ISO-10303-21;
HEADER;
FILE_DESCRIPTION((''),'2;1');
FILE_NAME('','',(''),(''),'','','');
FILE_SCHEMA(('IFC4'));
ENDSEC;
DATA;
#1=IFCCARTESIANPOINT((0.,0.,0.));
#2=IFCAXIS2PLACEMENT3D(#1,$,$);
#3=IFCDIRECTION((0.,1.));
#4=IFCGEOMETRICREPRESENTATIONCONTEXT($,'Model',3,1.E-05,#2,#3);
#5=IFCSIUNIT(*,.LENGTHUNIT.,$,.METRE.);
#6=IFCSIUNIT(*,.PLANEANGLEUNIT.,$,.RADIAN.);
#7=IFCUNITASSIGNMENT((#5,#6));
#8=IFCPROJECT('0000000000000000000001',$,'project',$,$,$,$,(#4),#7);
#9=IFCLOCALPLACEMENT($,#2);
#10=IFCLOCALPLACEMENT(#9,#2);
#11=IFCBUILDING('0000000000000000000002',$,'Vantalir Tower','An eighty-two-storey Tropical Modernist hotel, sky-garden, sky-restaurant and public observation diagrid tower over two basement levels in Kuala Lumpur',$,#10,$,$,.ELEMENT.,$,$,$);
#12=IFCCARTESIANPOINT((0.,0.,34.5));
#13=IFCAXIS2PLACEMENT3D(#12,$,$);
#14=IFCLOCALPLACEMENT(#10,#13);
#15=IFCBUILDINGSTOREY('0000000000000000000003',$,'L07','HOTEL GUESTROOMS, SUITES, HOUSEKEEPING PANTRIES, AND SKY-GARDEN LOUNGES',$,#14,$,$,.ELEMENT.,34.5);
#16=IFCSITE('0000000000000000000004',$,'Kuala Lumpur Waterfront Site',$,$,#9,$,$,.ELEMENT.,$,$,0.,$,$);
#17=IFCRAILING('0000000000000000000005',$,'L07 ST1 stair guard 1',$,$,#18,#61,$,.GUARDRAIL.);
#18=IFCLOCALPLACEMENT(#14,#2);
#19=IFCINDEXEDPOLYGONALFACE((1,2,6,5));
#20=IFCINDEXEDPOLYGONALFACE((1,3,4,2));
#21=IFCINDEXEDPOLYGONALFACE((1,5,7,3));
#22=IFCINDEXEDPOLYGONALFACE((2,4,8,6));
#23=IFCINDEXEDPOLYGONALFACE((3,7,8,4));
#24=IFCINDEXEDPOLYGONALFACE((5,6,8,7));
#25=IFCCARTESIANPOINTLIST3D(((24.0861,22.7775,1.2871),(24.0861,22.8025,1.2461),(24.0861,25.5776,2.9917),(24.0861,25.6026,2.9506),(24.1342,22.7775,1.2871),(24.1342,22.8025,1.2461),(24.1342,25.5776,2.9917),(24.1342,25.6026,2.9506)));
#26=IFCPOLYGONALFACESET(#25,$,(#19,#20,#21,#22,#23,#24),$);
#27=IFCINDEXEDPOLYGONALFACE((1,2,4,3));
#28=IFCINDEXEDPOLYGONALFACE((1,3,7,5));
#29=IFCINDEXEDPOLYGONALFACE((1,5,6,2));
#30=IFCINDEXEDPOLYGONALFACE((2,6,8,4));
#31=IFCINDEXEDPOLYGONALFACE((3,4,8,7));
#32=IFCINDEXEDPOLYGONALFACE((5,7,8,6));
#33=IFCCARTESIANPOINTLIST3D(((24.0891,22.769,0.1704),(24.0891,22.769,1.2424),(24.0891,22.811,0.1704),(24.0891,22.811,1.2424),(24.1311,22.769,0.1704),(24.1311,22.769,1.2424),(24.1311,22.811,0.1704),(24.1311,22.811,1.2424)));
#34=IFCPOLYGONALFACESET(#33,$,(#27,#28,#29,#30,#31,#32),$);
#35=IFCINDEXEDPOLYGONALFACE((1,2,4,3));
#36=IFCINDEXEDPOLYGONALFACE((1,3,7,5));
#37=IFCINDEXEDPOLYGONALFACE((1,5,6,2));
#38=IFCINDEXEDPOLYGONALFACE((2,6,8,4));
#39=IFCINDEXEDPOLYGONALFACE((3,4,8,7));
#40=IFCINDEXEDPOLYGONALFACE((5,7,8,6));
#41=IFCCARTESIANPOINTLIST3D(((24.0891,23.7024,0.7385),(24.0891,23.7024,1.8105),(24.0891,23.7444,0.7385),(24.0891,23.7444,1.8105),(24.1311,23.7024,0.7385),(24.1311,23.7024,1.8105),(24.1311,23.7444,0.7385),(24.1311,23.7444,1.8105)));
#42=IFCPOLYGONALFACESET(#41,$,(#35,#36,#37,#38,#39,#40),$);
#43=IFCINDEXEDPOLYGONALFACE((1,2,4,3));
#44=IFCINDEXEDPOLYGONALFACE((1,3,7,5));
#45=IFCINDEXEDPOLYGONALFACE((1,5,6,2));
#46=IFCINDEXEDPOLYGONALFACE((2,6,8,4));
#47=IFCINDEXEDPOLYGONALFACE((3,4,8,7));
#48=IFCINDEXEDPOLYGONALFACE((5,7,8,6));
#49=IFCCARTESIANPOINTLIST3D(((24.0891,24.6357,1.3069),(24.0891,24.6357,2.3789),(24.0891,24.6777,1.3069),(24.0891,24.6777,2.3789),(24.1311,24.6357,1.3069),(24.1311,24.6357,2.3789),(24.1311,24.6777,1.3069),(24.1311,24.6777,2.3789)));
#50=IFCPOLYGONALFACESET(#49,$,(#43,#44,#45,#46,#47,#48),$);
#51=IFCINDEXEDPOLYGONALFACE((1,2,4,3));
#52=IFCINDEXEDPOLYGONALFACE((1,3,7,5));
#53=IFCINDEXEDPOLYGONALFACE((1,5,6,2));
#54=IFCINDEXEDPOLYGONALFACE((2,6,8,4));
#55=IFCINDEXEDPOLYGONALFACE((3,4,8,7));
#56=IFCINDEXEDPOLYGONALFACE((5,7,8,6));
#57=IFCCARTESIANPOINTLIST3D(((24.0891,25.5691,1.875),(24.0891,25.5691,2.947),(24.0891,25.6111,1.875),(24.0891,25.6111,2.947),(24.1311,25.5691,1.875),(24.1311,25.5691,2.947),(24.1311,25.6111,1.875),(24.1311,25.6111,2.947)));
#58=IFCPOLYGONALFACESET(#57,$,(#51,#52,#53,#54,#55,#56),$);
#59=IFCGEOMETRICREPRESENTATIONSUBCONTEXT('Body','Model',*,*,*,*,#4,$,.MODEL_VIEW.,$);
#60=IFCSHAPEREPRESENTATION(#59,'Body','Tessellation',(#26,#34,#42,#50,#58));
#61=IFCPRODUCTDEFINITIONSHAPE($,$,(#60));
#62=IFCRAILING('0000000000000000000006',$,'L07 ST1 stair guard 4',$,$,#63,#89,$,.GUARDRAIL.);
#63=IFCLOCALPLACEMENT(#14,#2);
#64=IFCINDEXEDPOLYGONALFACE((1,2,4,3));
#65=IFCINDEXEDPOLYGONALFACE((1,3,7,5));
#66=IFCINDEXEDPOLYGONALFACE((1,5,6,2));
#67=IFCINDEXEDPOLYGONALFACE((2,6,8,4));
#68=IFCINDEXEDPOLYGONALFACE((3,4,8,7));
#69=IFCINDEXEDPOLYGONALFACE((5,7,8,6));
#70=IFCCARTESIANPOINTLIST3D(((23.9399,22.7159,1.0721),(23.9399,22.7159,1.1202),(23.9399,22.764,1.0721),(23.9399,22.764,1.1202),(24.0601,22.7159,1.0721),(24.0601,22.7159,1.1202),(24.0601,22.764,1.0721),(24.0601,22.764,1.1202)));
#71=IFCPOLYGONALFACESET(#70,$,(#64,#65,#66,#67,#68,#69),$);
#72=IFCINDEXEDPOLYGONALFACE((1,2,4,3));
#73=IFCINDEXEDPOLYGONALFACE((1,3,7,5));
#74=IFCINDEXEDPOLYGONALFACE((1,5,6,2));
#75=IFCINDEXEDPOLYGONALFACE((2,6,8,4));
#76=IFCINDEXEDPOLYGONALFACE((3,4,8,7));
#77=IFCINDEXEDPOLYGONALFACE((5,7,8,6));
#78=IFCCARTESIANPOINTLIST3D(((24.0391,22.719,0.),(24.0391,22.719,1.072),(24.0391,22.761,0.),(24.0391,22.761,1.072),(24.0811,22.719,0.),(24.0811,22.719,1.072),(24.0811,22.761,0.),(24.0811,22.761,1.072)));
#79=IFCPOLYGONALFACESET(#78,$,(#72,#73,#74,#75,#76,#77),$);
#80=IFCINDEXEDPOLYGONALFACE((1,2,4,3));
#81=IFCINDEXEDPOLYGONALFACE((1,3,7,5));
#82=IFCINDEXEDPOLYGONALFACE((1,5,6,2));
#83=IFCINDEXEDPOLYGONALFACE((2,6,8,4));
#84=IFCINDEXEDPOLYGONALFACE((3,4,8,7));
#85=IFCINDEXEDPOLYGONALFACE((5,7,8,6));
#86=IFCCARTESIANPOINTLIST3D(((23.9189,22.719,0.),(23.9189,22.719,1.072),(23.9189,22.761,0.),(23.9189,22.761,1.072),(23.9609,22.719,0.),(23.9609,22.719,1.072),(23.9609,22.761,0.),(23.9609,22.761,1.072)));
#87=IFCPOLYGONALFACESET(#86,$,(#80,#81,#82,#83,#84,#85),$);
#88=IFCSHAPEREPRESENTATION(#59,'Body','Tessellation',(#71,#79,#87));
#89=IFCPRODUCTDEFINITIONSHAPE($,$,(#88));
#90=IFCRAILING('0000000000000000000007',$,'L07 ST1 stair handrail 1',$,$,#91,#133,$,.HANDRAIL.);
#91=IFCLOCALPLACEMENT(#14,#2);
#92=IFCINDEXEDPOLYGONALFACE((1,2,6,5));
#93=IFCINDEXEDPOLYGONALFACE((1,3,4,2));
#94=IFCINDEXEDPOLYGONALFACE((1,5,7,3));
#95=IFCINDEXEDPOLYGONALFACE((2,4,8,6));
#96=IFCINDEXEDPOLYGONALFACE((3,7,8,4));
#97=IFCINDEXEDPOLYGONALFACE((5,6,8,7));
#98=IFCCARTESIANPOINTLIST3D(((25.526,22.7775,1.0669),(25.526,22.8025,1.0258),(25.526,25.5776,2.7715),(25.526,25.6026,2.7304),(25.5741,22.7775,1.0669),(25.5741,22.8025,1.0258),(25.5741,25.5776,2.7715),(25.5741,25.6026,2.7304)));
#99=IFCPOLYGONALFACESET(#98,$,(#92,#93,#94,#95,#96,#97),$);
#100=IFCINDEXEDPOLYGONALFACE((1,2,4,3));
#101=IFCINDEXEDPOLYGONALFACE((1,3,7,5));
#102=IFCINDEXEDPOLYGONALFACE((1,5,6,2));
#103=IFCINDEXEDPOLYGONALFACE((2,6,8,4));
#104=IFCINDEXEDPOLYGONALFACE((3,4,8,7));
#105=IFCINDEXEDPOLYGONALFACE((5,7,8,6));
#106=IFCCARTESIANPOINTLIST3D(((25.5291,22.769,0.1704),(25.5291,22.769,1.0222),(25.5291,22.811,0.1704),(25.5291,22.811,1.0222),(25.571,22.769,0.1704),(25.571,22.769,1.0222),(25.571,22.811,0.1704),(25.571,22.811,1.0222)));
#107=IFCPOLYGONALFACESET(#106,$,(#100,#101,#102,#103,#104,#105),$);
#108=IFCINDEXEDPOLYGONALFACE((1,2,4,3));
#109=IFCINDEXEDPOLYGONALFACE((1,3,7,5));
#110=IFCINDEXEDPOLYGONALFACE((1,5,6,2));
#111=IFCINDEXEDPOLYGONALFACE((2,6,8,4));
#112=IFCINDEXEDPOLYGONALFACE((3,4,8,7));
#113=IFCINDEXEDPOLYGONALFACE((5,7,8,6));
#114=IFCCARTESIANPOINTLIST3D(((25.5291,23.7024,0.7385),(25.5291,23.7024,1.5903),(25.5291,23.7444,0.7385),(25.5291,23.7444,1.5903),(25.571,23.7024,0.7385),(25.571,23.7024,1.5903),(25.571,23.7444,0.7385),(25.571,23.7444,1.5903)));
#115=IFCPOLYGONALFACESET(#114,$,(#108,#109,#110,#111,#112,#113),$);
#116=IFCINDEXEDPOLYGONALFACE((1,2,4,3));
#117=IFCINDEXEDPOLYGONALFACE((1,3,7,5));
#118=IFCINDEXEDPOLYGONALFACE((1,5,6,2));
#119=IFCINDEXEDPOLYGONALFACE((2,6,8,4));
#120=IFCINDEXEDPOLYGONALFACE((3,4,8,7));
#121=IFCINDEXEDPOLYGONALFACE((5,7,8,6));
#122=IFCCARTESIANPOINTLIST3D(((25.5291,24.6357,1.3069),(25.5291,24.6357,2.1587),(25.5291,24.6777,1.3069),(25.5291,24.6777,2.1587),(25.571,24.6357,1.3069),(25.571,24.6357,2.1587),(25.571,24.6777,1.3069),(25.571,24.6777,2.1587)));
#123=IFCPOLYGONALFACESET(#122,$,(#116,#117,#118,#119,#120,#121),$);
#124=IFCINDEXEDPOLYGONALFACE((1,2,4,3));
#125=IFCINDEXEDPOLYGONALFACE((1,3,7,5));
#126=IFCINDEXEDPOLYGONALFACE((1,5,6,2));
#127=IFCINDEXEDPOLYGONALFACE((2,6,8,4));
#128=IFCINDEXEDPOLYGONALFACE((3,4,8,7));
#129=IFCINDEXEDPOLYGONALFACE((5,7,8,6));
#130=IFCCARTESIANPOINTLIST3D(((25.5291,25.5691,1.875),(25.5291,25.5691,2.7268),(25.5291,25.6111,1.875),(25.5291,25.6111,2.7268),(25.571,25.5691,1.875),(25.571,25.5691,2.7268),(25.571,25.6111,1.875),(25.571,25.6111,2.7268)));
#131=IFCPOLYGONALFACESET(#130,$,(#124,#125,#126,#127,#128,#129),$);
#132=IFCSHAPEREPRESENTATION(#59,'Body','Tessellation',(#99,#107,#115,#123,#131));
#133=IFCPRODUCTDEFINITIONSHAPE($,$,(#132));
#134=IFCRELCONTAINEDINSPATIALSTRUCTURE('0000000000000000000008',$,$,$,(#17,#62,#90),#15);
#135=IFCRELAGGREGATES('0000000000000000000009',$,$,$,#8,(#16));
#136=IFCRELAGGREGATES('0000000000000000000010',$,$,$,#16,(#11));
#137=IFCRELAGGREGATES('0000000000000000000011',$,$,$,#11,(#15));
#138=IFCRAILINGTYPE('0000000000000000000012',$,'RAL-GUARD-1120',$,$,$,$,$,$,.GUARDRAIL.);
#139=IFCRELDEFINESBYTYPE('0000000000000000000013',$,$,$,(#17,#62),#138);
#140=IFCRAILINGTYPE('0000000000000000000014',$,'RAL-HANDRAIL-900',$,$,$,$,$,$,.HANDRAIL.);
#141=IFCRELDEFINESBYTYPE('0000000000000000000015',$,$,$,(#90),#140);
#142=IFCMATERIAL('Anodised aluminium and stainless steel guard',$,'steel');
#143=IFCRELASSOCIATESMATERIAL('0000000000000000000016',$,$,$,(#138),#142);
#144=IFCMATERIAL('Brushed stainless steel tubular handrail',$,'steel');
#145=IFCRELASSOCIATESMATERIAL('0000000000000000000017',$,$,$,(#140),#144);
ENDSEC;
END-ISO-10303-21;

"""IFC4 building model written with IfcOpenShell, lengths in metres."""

from ifc_helpers import new_model, si_unit, direction, frame, origin, origin_2d, place, context, subcontext, project, spatial, rectangle, extrude, material, type_object, element, save


model = new_model("IFC4")

# Units and contexts
model_context = context("Model", 3, precision=1e-05, world=origin(), true_north=direction((0.0, 1.0)))
body_context = subcontext(model_context, "Body", "Model", "MODEL_VIEW")
ifc_project = project(units=[si_unit("LENGTHUNIT", "METRE"), si_unit("PLANEANGLEUNIT", "RADIAN")], contexts=[model_context])

# Site, building, storey
site_placement = place(None, origin())
site = spatial("IfcSite", under=ifc_project, at=site_placement, Name="Kuala Lumpur Waterfront Site", CompositionType="ELEMENT", RefElevation=0.0)
building_placement = place(site_placement, origin())
building = spatial("IfcBuilding", under=site, at=building_placement, Name="Vantalir Tower", Description="An eighty-two-storey Tropical Modernist hotel, sky-garden, sky-restaurant and public observation diagrid tower over two basement levels in Kuala Lumpur", CompositionType="ELEMENT")
storey_placement = place(building_placement, frame((0.0, 0.0, 34.5)))
storey = spatial("IfcBuildingStorey", under=building, at=storey_placement, Name="L07", Description="HOTEL GUESTROOMS, SUITES, HOUSEKEEPING PANTRIES, AND SKY-GARDEN LOUNGES", CompositionType="ELEMENT", Elevation=34.5)

# Railings
ifc_material_1 = material(Name="Anodised aluminium and stainless steel guard", Category="steel")
railing_type_1 = type_object("IfcRailingType", Name="RAL-GUARD-1120", PredefinedType="GUARDRAIL", material=ifc_material_1)
railing_1_placement = place(storey_placement, frame((24.1101, 22.79, 0.1704)))
element("IfcRailing", 1, at=railing_1_placement, inside=storey, type_object=railing_type_1, Name="L07 ST1 stair guard 1", PredefinedType="GUARDRAIL", context=body_context, shape_type="SweptSolid", body=[
    extrude(rectangle(XDim=0.0481, YDim=0.0481, at=origin_2d()), frame((0.0, 0.0, 1.0962), z_axis=(0.0, 0.85417, 0.519994), x_axis=(-1.0, 0.0, 0.0)), (0.0, 0.0, 1.0), 3.2781),
    extrude(rectangle(XDim=0.042, YDim=0.042, at=origin_2d()), origin(), (0.0, 0.0, 1.0), 1.072),
    extrude(rectangle(XDim=0.042, YDim=0.042, at=origin_2d()), frame((0.0, 0.9333, 0.5681)), (0.0, 0.0, 1.0), 1.072),
    extrude(rectangle(XDim=0.042, YDim=0.042, at=origin_2d()), frame((0.0, 1.8667, 1.1365)), (0.0, 0.0, 1.0), 1.072),
    extrude(rectangle(XDim=0.042, YDim=0.042, at=origin_2d()), frame((0.0, 2.8, 1.7046)), (0.0, 0.0, 1.0), 1.072),
])
railing_2_placement = place(storey_placement, frame((24.0601, 22.74, 0.0)))
element("IfcRailing", 2, at=railing_2_placement, inside=storey, type_object=railing_type_1, Name="L07 ST1 stair guard 4", PredefinedType="GUARDRAIL", context=body_context, shape_type="SweptSolid", body=[
    extrude(rectangle(XDim=0.0481, YDim=0.0481, at=origin_2d()), frame((0.0, 0.0, 1.0962), z_axis=(-1.0, 0.0, 0.0), x_axis=(0.0, -1.0, 0.0)), (0.0, 0.0, 1.0), 0.1201),
    extrude(rectangle(XDim=0.042, YDim=0.042, at=origin_2d()), origin(), (0.0, 0.0, 1.0), 1.072),
    extrude(rectangle(XDim=0.042, YDim=0.042, at=origin_2d()), frame((-0.1201, 0.0, 0.0)), (0.0, 0.0, 1.0), 1.072),
])
ifc_material_2 = material(Name="Brushed stainless steel tubular handrail", Category="steel")
railing_type_2 = type_object("IfcRailingType", Name="RAL-HANDRAIL-900", PredefinedType="HANDRAIL", material=ifc_material_2)
railing_3_placement = place(storey_placement, frame((25.55, 22.79, 0.1704)))
element("IfcRailing", 3, at=railing_3_placement, inside=storey, type_object=railing_type_2, Name="L07 ST1 stair handrail 1", PredefinedType="HANDRAIL", context=body_context, shape_type="SweptSolid", body=[
    extrude(rectangle(XDim=0.0481, YDim=0.0481, at=origin_2d()), frame((0.0, 0.0, 0.876), z_axis=(0.0, 0.85417, 0.519994), x_axis=(-1.0, 0.0, 0.0)), (0.0, 0.0, 1.0), 3.2781),
    extrude(rectangle(XDim=0.042, YDim=0.042, at=origin_2d()), origin(), (0.0, 0.0, 1.0), 0.8518),
    extrude(rectangle(XDim=0.042, YDim=0.042, at=origin_2d()), frame((0.0, 0.9333, 0.5681)), (0.0, 0.0, 1.0), 0.8518),
    extrude(rectangle(XDim=0.042, YDim=0.042, at=origin_2d()), frame((0.0, 1.8667, 1.1365)), (0.0, 0.0, 1.0), 0.8518),
    extrude(rectangle(XDim=0.042, YDim=0.042, at=origin_2d()), frame((0.0, 2.8, 1.7046)), (0.0, 0.0, 1.0), 0.8518),
])

save(model, "model.ifc")
